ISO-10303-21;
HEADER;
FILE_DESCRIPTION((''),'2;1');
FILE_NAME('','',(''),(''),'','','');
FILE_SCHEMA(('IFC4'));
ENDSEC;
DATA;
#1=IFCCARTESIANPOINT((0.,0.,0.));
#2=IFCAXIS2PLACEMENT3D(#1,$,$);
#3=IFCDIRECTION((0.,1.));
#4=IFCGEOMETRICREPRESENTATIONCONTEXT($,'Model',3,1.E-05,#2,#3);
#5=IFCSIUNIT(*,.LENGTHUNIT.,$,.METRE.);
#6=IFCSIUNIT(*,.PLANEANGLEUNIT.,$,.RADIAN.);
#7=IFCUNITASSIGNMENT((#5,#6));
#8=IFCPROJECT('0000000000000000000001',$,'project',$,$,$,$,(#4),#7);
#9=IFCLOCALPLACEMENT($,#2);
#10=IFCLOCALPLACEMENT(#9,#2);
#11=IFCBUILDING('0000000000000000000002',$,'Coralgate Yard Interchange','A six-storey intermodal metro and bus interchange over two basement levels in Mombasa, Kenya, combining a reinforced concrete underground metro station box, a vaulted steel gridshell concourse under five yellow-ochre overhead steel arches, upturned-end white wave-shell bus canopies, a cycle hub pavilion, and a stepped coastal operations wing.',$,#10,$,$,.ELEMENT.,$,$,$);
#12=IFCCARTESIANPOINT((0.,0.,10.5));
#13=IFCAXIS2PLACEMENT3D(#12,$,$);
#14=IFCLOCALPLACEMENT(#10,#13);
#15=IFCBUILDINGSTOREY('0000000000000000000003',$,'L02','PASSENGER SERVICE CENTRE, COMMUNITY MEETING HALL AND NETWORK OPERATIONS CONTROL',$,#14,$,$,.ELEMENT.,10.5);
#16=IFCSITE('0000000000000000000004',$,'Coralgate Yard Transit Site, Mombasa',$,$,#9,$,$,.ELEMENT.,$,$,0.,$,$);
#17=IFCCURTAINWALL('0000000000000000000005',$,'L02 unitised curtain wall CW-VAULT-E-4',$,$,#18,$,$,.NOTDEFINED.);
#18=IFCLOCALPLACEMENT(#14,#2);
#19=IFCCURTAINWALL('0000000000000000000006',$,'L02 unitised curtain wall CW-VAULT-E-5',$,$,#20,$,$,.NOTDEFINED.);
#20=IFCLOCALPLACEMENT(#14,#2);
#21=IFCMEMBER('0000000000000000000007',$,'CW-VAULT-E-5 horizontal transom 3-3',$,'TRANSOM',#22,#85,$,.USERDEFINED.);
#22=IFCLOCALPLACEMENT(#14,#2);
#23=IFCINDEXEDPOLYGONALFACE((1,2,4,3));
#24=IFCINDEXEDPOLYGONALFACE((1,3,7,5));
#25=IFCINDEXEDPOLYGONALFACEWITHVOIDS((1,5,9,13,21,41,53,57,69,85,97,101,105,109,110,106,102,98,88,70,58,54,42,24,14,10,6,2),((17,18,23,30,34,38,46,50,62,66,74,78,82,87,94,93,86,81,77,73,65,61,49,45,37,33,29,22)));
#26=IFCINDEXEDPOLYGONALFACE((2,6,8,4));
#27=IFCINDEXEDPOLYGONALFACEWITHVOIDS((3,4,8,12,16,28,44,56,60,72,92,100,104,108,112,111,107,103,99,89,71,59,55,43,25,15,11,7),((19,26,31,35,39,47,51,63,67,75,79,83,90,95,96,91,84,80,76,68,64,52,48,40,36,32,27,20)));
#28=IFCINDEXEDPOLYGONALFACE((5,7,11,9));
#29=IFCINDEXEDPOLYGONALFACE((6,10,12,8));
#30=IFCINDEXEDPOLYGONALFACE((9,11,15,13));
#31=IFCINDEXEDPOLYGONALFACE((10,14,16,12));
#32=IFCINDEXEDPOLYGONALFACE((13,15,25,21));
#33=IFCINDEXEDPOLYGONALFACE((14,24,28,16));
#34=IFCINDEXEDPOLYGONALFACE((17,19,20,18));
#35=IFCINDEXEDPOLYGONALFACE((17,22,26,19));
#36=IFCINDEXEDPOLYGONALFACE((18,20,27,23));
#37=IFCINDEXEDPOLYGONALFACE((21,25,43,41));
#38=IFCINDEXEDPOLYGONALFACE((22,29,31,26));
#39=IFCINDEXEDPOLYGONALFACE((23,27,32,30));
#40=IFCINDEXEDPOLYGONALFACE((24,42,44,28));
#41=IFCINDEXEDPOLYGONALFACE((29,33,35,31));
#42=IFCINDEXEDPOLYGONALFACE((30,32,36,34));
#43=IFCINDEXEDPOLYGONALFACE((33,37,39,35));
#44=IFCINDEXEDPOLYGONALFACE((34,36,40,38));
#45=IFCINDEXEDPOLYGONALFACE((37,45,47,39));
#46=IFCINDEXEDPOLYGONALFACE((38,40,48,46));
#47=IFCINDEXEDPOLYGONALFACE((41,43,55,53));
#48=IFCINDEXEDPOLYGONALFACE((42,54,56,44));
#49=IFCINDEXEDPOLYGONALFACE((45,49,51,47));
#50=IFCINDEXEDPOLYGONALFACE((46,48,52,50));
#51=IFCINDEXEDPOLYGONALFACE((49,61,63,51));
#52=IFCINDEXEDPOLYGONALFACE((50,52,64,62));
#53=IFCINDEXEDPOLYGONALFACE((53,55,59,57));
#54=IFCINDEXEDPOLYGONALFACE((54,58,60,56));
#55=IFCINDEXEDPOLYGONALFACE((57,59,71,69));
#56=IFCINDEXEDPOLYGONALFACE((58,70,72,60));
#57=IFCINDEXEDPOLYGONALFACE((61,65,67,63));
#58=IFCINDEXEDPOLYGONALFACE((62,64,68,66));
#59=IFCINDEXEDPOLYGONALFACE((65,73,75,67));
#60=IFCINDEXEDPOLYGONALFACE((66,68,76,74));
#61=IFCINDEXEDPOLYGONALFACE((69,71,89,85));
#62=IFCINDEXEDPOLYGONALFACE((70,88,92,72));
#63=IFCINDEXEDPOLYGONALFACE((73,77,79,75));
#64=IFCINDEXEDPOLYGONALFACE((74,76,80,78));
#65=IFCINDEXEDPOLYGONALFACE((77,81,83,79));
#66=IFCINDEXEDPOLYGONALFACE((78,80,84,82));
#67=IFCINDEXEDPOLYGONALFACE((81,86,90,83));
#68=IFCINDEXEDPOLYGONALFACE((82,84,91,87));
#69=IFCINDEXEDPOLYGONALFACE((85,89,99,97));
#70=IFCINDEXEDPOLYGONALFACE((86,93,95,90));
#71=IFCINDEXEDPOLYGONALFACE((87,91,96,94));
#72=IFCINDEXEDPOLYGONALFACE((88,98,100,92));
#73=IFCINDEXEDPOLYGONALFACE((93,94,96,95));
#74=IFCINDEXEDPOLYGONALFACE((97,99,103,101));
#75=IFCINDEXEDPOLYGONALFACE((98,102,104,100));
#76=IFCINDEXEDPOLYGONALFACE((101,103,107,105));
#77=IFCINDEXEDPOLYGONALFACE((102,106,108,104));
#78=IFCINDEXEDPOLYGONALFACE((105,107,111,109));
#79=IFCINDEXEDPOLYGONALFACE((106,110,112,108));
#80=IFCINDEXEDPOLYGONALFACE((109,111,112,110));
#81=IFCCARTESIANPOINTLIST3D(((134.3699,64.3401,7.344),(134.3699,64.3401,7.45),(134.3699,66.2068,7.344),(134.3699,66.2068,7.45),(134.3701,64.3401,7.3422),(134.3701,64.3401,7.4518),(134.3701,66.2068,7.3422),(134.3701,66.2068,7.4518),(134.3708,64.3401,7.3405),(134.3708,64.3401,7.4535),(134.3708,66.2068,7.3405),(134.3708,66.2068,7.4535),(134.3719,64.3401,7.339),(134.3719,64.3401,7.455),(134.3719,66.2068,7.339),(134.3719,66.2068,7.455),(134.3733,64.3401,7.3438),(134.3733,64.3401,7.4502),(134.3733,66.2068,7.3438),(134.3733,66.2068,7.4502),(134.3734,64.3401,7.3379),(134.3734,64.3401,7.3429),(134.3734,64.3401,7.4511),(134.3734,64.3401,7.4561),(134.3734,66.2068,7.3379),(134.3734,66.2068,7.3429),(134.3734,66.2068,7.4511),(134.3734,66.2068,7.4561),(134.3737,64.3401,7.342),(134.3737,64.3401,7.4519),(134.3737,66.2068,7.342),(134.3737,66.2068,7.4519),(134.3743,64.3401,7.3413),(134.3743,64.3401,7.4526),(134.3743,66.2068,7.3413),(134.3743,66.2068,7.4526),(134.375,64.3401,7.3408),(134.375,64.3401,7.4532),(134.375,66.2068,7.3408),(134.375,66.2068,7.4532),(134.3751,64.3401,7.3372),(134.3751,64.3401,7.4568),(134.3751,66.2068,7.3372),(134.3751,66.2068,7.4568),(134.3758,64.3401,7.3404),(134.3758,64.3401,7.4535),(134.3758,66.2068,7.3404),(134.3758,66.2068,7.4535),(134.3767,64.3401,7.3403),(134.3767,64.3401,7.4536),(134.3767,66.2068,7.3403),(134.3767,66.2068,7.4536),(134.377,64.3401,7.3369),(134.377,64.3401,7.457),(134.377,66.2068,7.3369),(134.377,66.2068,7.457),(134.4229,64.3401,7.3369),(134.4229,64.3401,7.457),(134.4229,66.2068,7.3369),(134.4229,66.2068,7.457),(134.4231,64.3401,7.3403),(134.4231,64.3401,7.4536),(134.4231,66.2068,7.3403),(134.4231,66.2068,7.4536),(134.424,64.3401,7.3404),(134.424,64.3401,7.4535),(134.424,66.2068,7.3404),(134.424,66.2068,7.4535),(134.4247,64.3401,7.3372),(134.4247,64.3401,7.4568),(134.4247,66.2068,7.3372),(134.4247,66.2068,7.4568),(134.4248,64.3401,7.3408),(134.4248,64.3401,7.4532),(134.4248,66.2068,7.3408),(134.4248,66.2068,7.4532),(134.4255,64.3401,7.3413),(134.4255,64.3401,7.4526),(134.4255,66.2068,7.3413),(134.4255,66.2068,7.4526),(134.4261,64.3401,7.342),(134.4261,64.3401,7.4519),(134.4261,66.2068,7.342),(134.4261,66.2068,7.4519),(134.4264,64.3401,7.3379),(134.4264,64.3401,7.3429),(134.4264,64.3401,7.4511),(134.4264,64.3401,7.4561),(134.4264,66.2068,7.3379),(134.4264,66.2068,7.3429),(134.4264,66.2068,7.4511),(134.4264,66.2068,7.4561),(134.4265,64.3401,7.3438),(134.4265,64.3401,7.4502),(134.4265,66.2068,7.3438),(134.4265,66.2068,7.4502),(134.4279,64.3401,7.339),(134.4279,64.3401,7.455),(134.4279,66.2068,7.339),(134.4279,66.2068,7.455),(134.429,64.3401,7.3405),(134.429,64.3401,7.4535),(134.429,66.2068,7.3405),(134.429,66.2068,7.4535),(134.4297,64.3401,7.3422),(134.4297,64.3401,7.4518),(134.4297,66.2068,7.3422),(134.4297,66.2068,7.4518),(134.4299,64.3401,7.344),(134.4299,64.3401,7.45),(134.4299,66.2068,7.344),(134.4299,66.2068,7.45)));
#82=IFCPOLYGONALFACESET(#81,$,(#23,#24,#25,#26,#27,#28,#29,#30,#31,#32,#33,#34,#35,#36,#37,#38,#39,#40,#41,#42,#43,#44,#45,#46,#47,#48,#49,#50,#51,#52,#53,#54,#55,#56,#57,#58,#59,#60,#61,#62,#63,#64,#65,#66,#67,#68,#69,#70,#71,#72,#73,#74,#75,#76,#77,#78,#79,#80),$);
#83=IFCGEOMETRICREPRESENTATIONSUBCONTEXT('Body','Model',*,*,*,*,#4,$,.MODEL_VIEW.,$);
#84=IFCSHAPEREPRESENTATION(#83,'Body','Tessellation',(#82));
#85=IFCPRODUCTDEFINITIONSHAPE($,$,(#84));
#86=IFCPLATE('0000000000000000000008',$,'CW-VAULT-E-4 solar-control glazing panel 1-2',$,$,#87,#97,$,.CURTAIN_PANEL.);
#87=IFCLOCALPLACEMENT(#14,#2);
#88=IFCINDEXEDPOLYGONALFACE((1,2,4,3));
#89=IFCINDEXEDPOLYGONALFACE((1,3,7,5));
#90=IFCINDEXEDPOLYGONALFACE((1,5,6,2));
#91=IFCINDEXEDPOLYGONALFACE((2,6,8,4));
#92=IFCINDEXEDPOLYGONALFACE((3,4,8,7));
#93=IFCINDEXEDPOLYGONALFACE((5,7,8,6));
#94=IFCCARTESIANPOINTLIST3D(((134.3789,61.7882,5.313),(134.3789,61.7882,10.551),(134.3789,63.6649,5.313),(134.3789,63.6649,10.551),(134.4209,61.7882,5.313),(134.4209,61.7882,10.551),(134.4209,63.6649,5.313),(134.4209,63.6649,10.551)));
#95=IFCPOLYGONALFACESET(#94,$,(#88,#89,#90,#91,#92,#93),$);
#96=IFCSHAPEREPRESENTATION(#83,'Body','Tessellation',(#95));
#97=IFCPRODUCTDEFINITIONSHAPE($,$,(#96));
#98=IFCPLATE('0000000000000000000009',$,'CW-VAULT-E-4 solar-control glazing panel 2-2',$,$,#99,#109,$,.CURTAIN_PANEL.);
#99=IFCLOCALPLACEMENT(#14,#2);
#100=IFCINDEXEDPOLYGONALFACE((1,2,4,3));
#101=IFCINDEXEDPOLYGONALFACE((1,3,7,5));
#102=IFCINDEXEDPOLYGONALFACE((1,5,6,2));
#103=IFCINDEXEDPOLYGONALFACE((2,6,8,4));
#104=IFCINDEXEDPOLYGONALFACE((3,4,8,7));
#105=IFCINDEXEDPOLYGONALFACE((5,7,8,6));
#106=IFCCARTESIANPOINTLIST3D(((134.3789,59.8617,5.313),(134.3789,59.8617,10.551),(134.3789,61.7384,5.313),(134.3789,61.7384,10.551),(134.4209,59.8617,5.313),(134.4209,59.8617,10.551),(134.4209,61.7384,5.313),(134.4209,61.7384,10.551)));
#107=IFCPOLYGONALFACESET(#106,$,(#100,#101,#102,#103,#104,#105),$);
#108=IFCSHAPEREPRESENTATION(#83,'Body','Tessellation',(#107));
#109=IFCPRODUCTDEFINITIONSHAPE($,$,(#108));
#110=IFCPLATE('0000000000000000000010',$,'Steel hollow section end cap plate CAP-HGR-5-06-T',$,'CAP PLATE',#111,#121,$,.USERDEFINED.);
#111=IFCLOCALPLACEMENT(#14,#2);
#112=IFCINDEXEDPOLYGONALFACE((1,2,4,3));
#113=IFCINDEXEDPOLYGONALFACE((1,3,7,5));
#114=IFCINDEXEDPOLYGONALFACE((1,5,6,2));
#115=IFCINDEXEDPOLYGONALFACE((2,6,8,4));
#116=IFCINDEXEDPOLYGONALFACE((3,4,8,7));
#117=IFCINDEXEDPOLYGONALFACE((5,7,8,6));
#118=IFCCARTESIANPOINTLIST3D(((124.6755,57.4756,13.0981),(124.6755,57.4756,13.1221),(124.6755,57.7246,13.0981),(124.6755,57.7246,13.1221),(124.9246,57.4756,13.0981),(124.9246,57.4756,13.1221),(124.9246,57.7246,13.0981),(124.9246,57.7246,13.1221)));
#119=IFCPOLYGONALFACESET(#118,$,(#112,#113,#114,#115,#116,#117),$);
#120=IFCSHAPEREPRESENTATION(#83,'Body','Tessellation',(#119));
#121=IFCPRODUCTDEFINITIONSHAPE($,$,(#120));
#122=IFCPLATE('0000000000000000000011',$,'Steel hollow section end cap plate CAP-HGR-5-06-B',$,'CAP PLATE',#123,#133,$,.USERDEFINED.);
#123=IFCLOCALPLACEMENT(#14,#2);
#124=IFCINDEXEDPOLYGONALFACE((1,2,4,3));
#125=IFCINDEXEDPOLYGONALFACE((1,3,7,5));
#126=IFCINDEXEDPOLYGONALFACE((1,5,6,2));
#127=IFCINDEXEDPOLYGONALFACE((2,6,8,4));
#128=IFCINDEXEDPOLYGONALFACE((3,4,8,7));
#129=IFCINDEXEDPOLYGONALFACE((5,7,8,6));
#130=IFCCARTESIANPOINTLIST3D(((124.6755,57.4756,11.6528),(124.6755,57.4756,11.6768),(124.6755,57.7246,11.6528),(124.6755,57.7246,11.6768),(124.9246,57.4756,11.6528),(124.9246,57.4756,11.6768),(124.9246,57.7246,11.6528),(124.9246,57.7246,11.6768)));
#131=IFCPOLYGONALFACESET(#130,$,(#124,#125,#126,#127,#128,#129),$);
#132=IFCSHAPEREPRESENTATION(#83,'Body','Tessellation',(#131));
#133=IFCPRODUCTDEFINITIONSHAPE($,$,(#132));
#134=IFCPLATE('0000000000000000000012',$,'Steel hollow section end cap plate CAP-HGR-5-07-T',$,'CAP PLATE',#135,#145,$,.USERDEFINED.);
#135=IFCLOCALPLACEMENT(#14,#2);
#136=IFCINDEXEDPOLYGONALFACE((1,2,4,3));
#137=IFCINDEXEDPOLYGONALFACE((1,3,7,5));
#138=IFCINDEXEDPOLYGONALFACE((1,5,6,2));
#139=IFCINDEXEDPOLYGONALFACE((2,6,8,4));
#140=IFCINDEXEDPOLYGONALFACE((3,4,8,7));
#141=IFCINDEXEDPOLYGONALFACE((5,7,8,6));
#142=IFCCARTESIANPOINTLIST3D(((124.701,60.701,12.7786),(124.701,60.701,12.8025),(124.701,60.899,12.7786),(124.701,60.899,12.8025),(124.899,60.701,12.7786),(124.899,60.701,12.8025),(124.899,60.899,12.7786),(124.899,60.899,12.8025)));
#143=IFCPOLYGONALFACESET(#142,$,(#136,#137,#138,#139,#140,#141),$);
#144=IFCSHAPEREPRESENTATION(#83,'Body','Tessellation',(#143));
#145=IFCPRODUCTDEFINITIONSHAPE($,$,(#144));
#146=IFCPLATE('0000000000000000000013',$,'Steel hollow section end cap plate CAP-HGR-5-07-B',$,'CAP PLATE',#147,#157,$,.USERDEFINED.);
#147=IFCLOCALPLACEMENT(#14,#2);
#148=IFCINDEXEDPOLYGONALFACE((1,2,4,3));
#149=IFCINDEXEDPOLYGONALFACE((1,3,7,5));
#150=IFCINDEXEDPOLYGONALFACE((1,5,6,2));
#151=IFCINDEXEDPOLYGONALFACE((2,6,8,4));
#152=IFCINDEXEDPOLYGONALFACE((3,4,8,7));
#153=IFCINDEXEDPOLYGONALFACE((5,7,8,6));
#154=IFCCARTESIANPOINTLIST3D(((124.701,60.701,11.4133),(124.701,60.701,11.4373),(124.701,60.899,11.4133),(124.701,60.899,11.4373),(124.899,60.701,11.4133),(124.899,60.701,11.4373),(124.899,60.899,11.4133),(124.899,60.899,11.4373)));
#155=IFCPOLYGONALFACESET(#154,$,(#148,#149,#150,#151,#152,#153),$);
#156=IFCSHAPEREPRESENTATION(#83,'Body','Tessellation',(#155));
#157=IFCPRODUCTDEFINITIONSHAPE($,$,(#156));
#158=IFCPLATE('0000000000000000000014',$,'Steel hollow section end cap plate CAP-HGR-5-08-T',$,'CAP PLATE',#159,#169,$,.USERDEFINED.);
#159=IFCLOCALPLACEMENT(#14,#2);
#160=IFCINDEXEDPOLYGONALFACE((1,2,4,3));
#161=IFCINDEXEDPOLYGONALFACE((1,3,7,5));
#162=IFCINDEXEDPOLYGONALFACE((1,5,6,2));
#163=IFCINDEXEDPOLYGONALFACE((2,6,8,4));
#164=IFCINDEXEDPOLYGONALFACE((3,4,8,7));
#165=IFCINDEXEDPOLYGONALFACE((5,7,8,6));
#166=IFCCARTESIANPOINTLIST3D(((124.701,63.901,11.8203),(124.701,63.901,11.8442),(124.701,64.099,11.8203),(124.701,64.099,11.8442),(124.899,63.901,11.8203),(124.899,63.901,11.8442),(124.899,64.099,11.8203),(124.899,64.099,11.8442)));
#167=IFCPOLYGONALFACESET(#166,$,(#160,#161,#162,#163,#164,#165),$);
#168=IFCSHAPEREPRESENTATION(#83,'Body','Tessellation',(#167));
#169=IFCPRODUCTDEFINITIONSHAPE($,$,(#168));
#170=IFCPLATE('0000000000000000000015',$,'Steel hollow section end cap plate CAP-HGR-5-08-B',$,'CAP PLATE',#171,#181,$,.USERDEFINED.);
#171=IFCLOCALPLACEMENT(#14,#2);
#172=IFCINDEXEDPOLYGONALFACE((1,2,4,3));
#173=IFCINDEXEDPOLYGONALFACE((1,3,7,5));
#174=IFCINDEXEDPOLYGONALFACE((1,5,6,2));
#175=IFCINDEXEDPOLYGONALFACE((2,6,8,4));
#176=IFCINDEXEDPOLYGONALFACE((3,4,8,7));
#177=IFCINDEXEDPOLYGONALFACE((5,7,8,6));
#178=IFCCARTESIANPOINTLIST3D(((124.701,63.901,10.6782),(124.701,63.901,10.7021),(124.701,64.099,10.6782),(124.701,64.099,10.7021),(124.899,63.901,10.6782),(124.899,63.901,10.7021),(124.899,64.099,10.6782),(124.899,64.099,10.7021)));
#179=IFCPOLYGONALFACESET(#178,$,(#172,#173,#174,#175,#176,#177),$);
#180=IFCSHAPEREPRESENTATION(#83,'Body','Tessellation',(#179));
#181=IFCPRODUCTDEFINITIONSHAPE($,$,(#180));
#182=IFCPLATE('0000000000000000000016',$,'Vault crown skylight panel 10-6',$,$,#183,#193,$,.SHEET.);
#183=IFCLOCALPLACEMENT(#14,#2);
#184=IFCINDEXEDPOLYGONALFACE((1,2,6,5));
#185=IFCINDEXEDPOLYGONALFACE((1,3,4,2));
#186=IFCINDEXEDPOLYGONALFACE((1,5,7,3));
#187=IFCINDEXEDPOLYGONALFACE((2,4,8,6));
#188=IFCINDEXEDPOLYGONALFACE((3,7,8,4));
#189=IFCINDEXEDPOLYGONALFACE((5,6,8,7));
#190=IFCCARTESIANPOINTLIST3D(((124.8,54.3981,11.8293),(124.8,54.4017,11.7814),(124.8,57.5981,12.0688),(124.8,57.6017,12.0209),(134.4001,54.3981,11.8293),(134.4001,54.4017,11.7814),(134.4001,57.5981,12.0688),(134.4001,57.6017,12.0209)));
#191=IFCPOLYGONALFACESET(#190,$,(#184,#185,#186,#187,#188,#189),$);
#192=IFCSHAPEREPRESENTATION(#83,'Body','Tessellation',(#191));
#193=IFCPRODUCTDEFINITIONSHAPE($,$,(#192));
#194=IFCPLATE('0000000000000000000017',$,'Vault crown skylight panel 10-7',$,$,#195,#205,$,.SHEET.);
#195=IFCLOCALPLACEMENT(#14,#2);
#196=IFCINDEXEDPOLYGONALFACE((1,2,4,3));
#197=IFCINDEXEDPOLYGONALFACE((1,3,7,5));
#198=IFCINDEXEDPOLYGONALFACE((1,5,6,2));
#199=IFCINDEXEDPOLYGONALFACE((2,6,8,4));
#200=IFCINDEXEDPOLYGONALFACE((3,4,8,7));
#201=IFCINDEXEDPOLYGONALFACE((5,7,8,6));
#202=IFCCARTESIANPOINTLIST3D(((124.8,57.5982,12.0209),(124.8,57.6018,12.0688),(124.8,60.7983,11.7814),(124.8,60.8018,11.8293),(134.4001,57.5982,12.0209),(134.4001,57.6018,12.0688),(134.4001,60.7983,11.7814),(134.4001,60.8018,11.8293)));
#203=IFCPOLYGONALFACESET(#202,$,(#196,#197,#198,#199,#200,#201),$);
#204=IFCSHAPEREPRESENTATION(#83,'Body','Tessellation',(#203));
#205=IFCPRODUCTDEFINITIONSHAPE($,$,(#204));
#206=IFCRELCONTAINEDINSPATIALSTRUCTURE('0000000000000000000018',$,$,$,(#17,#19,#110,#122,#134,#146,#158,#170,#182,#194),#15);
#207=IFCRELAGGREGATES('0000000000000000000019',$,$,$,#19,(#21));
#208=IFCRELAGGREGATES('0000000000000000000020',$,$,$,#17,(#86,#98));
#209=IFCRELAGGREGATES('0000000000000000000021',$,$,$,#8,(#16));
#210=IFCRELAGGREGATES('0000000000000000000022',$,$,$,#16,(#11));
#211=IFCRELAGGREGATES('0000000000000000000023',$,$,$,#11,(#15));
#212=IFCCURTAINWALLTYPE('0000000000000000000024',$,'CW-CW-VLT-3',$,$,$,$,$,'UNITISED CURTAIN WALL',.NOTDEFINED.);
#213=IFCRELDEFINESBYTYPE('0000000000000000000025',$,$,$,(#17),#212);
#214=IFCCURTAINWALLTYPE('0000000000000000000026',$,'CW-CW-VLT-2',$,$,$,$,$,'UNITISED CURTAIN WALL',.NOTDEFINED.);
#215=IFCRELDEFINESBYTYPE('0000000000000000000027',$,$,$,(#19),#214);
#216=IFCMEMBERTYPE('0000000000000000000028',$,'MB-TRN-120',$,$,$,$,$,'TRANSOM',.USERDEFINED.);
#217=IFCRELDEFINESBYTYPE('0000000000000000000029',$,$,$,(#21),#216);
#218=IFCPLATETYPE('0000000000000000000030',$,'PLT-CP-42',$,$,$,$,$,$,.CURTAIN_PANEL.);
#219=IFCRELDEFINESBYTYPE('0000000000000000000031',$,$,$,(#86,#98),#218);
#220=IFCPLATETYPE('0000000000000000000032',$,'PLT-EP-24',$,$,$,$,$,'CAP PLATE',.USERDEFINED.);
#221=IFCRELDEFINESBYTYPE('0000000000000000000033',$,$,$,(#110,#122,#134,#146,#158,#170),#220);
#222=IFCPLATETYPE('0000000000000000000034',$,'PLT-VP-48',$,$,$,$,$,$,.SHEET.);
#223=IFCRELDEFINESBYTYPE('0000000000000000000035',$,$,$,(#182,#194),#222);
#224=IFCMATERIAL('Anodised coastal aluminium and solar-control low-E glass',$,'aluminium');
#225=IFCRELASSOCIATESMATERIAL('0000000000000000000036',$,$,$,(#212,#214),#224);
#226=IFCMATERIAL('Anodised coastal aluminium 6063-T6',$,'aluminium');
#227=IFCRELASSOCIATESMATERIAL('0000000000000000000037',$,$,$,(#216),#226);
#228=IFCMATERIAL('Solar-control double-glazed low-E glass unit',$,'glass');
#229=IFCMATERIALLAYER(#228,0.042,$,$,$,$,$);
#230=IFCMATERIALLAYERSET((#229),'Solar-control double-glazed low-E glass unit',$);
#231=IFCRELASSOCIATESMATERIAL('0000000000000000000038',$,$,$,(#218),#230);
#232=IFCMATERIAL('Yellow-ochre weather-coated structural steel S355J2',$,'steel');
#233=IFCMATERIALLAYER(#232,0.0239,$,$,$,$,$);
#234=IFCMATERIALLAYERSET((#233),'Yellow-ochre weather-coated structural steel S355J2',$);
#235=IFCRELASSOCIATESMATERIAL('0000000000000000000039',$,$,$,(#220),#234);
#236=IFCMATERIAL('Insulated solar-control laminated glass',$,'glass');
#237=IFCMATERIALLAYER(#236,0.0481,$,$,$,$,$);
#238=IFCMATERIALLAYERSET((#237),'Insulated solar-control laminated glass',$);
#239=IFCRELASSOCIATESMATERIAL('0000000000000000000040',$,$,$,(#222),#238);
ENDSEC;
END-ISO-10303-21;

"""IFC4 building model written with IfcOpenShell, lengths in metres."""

from ifc_helpers import new_model, si_unit, direction, frame, origin, origin_2d, place, context, subcontext, project, spatial, rectangle, hollow_rectangle, extrude, material, layer, layer_set, material_profile, profile_set, type_object, element, aggregate, save


model = new_model("IFC4")

# Units and contexts
model_context = context("Model", 3, precision=1e-05, world=origin(), true_north=direction((0.0, 1.0)))
body_context = subcontext(model_context, "Body", "Model", "MODEL_VIEW")
ifc_project = project(units=[si_unit("LENGTHUNIT", "METRE"), si_unit("PLANEANGLEUNIT", "RADIAN")], contexts=[model_context])

# Site, building, storey
site_placement = place(None, origin())
site = spatial("IfcSite", under=ifc_project, at=site_placement, Name="Coralgate Yard Transit Site, Mombasa", CompositionType="ELEMENT", RefElevation=0.0)
building_placement = place(site_placement, origin())
building = spatial("IfcBuilding", under=site, at=building_placement, Name="Coralgate Yard Interchange", Description="A six-storey intermodal metro and bus interchange over two basement levels in Mombasa, Kenya, combining a reinforced concrete underground metro station box, a vaulted steel gridshell concourse under five yellow-ochre overhead steel arches, upturned-end white wave-shell bus canopies, a cycle hub pavilion, and a stepped coastal operations wing.", CompositionType="ELEMENT")
storey_placement = place(building_placement, frame((0.0, 0.0, 10.5)))
storey = spatial("IfcBuildingStorey", under=building, at=storey_placement, Name="L02", Description="PASSENGER SERVICE CENTRE, COMMUNITY MEETING HALL AND NETWORK OPERATIONS CONTROL", CompositionType="ELEMENT", Elevation=10.5)

# Shared definitions
ifc_material_1 = material(Name="Yellow-ochre weather-coated structural steel S355J2", Category="steel")

# Curtain wall
ifc_material_2 = material(Name="Anodised coastal aluminium and solar-control low-E glass", Category="aluminium")
curtain_wall_type_1 = type_object("IfcCurtainWallType", Name="CW-CW-VLT-3", ElementType="UNITISED CURTAIN WALL", PredefinedType="NOTDEFINED", material=ifc_material_2)
ifc_material_3 = material(Name="Anodised coastal aluminium 6063-T6", Category="aluminium")
ifc_material_profile_1 = material_profile(ifc_material_3, hollow_rectangle(XDim=0.0601, YDim=0.1201, WallThickness=0.0034, InnerFilletRadius=0.0034, OuterFilletRadius=0.0071, at=origin_2d()), Name="ALU 60x120x3.5")
ifc_profile_set_1 = profile_set([ifc_material_profile_1], Name="Anodised coastal aluminium 6063-T6")
member_type_1 = type_object("IfcMemberType", Name="MB-TRN-120", ElementType="TRANSOM", PredefinedType="USERDEFINED", material=ifc_profile_set_1)
curtain_wall_1_placement = place(storey_placement, origin())
curtain_wall_1 = element("IfcCurtainWall", 1, at=curtain_wall_1_placement, inside=storey, type_object=curtain_wall_type_1, Name="L02 unitised curtain wall CW-VAULT-E-4", PredefinedType="NOTDEFINED")

# Curtain wall, member
curtain_wall_type_2 = type_object("IfcCurtainWallType", Name="CW-CW-VLT-2", ElementType="UNITISED CURTAIN WALL", PredefinedType="NOTDEFINED", material=ifc_material_2)
curtain_wall_2_placement = place(storey_placement, origin())
curtain_wall_2 = element("IfcCurtainWall", 2, at=curtain_wall_2_placement, inside=storey, type_object=curtain_wall_type_2, Name="L02 unitised curtain wall CW-VAULT-E-5", PredefinedType="NOTDEFINED")
member_1_placement = place(storey_placement, frame((134.3999, 66.2068, 7.397), z_axis=(0.0, -1.0, 0.0), x_axis=(1.0, 0.0, 0.0)))
member_1 = element("IfcMember", 3, at=member_1_placement, type_object=member_type_1, Name="CW-VAULT-E-5 horizontal transom 3-3", ObjectType="TRANSOM", PredefinedType="USERDEFINED", context=body_context, shape_type="SweptSolid", body=[
    extrude(hollow_rectangle(XDim=0.0601, YDim=0.1201, WallThickness=0.0034, InnerFilletRadius=0.0034, OuterFilletRadius=0.0071, at=origin_2d()), origin(), (0.0, 0.0, 1.0), 1.8667),
])
aggregate(curtain_wall_2, [member_1])

# Plates
ifc_material_4 = material(Name="Solar-control double-glazed low-E glass unit", Category="glass")
ifc_layer_1 = layer(ifc_material_4, 0.042)
ifc_layer_set_1 = layer_set([ifc_layer_1], Name="Solar-control double-glazed low-E glass unit")
plate_type_1 = type_object("IfcPlateType", Name="PLT-CP-42", PredefinedType="CURTAIN_PANEL", material=ifc_layer_set_1)
plate_1_placement = place(storey_placement, frame((134.3999, 62.7266, 5.313), z_axis=(0.0, 0.0, 1.0), x_axis=(0.0, -1.0, 0.0)))
plate_1 = element("IfcPlate", 4, at=plate_1_placement, type_object=plate_type_1, Name="CW-VAULT-E-4 solar-control glazing panel 1-2", PredefinedType="CURTAIN_PANEL", context=body_context, shape_type="SweptSolid", body=[
    extrude(rectangle(XDim=1.8767, YDim=0.042, at=origin_2d()), origin(), (0.0, 0.0, 1.0), 5.238),
])
plate_2_placement = place(storey_placement, frame((134.3999, 60.8, 5.313), z_axis=(0.0, 0.0, 1.0), x_axis=(0.0, -1.0, 0.0)))
plate_2 = element("IfcPlate", 5, at=plate_2_placement, type_object=plate_type_1, Name="CW-VAULT-E-4 solar-control glazing panel 2-2", PredefinedType="CURTAIN_PANEL", context=body_context, shape_type="SweptSolid", body=[
    extrude(rectangle(XDim=1.8767, YDim=0.042, at=origin_2d()), origin(), (0.0, 0.0, 1.0), 5.238),
])
aggregate(curtain_wall_1, [plate_1, plate_2])

# Plates
ifc_layer_2 = layer(ifc_material_1, 0.0239)
ifc_layer_set_2 = layer_set([ifc_layer_2], Name="Yellow-ochre weather-coated structural steel S355J2")
plate_type_2 = type_object("IfcPlateType", Name="PLT-EP-24", ElementType="CAP PLATE", PredefinedType="USERDEFINED", material=ifc_layer_set_2)
for number, where, z_axis, x_axis, name in (
    (6, (124.8, 57.6001, 13.0981), (0.0, 0.0, 1.0), (1.0, 0.0, 0.0), "Steel hollow section end cap plate CAP-HGR-5-06-T"),
    (7, (124.8, 57.6001, 11.6768), (0.0, 0.0, -1.0), (1.0, 0.0, 0.0), "Steel hollow section end cap plate CAP-HGR-5-06-B"),
):
    element("IfcPlate", number, at=place(storey_placement, frame(where, z_axis=z_axis, x_axis=x_axis)), inside=storey, type_object=plate_type_2, Name=name, ObjectType="CAP PLATE", PredefinedType="USERDEFINED", context=body_context, shape_type="SweptSolid", body=[
        extrude(rectangle(XDim=0.249, YDim=0.249, at=origin_2d()), origin(), (0.0, 0.0, 1.0), 0.0239),
    ])
for number, where, z_axis, x_axis, name in (
    (8, (124.8, 60.8, 12.7786), (0.0, 0.0, 1.0), (1.0, 0.0, 0.0), "Steel hollow section end cap plate CAP-HGR-5-07-T"),
    (9, (124.8, 60.8, 11.4373), (0.0, 0.0, -1.0), (1.0, 0.0, 0.0), "Steel hollow section end cap plate CAP-HGR-5-07-B"),
    (10, (124.8, 64.0, 11.8203), (0.0, 0.0, 1.0), (1.0, 0.0, 0.0), "Steel hollow section end cap plate CAP-HGR-5-08-T"),
    (11, (124.8, 64.0, 10.7021), (0.0, 0.0, -1.0), (1.0, 0.0, 0.0), "Steel hollow section end cap plate CAP-HGR-5-08-B"),
):
    element("IfcPlate", number, at=place(storey_placement, frame(where, z_axis=z_axis, x_axis=x_axis)), inside=storey, type_object=plate_type_2, Name=name, ObjectType="CAP PLATE", PredefinedType="USERDEFINED", context=body_context, shape_type="SweptSolid", body=[
        extrude(rectangle(XDim=0.198, YDim=0.198, at=origin_2d()), origin(), (0.0, 0.0, 1.0), 0.0239),
    ])
ifc_material_5 = material(Name="Insulated solar-control laminated glass", Category="glass")
ifc_layer_3 = layer(ifc_material_5, 0.0481)
ifc_layer_set_3 = layer_set([ifc_layer_3], Name="Insulated solar-control laminated glass")
plate_type_3 = type_object("IfcPlateType", Name="PLT-VP-48", PredefinedType="SHEET", material=ifc_layer_set_3)
for number, where, z_axis, x_axis, name in (
    (12, (129.6001, 56.0017, 11.9011), (0.0, -0.074635, 0.997211), (1.0, 0.0, 0.0), "Vault crown skylight panel 10-6"),
    (13, (129.6001, 59.1982, 11.9011), (0.0, 0.074635, 0.997211), (1.0, 0.0, 0.0), "Vault crown skylight panel 10-7"),
):
    element("IfcPlate", number, at=place(storey_placement, frame(where, z_axis=z_axis, x_axis=x_axis)), inside=storey, type_object=plate_type_3, Name=name, PredefinedType="SHEET", context=body_context, shape_type="SweptSolid", body=[
        extrude(rectangle(XDim=9.6001, YDim=3.209, at=origin_2d()), origin(), (0.0, 0.0, 1.0), 0.0481),
    ])

save(model, "model.ifc")
